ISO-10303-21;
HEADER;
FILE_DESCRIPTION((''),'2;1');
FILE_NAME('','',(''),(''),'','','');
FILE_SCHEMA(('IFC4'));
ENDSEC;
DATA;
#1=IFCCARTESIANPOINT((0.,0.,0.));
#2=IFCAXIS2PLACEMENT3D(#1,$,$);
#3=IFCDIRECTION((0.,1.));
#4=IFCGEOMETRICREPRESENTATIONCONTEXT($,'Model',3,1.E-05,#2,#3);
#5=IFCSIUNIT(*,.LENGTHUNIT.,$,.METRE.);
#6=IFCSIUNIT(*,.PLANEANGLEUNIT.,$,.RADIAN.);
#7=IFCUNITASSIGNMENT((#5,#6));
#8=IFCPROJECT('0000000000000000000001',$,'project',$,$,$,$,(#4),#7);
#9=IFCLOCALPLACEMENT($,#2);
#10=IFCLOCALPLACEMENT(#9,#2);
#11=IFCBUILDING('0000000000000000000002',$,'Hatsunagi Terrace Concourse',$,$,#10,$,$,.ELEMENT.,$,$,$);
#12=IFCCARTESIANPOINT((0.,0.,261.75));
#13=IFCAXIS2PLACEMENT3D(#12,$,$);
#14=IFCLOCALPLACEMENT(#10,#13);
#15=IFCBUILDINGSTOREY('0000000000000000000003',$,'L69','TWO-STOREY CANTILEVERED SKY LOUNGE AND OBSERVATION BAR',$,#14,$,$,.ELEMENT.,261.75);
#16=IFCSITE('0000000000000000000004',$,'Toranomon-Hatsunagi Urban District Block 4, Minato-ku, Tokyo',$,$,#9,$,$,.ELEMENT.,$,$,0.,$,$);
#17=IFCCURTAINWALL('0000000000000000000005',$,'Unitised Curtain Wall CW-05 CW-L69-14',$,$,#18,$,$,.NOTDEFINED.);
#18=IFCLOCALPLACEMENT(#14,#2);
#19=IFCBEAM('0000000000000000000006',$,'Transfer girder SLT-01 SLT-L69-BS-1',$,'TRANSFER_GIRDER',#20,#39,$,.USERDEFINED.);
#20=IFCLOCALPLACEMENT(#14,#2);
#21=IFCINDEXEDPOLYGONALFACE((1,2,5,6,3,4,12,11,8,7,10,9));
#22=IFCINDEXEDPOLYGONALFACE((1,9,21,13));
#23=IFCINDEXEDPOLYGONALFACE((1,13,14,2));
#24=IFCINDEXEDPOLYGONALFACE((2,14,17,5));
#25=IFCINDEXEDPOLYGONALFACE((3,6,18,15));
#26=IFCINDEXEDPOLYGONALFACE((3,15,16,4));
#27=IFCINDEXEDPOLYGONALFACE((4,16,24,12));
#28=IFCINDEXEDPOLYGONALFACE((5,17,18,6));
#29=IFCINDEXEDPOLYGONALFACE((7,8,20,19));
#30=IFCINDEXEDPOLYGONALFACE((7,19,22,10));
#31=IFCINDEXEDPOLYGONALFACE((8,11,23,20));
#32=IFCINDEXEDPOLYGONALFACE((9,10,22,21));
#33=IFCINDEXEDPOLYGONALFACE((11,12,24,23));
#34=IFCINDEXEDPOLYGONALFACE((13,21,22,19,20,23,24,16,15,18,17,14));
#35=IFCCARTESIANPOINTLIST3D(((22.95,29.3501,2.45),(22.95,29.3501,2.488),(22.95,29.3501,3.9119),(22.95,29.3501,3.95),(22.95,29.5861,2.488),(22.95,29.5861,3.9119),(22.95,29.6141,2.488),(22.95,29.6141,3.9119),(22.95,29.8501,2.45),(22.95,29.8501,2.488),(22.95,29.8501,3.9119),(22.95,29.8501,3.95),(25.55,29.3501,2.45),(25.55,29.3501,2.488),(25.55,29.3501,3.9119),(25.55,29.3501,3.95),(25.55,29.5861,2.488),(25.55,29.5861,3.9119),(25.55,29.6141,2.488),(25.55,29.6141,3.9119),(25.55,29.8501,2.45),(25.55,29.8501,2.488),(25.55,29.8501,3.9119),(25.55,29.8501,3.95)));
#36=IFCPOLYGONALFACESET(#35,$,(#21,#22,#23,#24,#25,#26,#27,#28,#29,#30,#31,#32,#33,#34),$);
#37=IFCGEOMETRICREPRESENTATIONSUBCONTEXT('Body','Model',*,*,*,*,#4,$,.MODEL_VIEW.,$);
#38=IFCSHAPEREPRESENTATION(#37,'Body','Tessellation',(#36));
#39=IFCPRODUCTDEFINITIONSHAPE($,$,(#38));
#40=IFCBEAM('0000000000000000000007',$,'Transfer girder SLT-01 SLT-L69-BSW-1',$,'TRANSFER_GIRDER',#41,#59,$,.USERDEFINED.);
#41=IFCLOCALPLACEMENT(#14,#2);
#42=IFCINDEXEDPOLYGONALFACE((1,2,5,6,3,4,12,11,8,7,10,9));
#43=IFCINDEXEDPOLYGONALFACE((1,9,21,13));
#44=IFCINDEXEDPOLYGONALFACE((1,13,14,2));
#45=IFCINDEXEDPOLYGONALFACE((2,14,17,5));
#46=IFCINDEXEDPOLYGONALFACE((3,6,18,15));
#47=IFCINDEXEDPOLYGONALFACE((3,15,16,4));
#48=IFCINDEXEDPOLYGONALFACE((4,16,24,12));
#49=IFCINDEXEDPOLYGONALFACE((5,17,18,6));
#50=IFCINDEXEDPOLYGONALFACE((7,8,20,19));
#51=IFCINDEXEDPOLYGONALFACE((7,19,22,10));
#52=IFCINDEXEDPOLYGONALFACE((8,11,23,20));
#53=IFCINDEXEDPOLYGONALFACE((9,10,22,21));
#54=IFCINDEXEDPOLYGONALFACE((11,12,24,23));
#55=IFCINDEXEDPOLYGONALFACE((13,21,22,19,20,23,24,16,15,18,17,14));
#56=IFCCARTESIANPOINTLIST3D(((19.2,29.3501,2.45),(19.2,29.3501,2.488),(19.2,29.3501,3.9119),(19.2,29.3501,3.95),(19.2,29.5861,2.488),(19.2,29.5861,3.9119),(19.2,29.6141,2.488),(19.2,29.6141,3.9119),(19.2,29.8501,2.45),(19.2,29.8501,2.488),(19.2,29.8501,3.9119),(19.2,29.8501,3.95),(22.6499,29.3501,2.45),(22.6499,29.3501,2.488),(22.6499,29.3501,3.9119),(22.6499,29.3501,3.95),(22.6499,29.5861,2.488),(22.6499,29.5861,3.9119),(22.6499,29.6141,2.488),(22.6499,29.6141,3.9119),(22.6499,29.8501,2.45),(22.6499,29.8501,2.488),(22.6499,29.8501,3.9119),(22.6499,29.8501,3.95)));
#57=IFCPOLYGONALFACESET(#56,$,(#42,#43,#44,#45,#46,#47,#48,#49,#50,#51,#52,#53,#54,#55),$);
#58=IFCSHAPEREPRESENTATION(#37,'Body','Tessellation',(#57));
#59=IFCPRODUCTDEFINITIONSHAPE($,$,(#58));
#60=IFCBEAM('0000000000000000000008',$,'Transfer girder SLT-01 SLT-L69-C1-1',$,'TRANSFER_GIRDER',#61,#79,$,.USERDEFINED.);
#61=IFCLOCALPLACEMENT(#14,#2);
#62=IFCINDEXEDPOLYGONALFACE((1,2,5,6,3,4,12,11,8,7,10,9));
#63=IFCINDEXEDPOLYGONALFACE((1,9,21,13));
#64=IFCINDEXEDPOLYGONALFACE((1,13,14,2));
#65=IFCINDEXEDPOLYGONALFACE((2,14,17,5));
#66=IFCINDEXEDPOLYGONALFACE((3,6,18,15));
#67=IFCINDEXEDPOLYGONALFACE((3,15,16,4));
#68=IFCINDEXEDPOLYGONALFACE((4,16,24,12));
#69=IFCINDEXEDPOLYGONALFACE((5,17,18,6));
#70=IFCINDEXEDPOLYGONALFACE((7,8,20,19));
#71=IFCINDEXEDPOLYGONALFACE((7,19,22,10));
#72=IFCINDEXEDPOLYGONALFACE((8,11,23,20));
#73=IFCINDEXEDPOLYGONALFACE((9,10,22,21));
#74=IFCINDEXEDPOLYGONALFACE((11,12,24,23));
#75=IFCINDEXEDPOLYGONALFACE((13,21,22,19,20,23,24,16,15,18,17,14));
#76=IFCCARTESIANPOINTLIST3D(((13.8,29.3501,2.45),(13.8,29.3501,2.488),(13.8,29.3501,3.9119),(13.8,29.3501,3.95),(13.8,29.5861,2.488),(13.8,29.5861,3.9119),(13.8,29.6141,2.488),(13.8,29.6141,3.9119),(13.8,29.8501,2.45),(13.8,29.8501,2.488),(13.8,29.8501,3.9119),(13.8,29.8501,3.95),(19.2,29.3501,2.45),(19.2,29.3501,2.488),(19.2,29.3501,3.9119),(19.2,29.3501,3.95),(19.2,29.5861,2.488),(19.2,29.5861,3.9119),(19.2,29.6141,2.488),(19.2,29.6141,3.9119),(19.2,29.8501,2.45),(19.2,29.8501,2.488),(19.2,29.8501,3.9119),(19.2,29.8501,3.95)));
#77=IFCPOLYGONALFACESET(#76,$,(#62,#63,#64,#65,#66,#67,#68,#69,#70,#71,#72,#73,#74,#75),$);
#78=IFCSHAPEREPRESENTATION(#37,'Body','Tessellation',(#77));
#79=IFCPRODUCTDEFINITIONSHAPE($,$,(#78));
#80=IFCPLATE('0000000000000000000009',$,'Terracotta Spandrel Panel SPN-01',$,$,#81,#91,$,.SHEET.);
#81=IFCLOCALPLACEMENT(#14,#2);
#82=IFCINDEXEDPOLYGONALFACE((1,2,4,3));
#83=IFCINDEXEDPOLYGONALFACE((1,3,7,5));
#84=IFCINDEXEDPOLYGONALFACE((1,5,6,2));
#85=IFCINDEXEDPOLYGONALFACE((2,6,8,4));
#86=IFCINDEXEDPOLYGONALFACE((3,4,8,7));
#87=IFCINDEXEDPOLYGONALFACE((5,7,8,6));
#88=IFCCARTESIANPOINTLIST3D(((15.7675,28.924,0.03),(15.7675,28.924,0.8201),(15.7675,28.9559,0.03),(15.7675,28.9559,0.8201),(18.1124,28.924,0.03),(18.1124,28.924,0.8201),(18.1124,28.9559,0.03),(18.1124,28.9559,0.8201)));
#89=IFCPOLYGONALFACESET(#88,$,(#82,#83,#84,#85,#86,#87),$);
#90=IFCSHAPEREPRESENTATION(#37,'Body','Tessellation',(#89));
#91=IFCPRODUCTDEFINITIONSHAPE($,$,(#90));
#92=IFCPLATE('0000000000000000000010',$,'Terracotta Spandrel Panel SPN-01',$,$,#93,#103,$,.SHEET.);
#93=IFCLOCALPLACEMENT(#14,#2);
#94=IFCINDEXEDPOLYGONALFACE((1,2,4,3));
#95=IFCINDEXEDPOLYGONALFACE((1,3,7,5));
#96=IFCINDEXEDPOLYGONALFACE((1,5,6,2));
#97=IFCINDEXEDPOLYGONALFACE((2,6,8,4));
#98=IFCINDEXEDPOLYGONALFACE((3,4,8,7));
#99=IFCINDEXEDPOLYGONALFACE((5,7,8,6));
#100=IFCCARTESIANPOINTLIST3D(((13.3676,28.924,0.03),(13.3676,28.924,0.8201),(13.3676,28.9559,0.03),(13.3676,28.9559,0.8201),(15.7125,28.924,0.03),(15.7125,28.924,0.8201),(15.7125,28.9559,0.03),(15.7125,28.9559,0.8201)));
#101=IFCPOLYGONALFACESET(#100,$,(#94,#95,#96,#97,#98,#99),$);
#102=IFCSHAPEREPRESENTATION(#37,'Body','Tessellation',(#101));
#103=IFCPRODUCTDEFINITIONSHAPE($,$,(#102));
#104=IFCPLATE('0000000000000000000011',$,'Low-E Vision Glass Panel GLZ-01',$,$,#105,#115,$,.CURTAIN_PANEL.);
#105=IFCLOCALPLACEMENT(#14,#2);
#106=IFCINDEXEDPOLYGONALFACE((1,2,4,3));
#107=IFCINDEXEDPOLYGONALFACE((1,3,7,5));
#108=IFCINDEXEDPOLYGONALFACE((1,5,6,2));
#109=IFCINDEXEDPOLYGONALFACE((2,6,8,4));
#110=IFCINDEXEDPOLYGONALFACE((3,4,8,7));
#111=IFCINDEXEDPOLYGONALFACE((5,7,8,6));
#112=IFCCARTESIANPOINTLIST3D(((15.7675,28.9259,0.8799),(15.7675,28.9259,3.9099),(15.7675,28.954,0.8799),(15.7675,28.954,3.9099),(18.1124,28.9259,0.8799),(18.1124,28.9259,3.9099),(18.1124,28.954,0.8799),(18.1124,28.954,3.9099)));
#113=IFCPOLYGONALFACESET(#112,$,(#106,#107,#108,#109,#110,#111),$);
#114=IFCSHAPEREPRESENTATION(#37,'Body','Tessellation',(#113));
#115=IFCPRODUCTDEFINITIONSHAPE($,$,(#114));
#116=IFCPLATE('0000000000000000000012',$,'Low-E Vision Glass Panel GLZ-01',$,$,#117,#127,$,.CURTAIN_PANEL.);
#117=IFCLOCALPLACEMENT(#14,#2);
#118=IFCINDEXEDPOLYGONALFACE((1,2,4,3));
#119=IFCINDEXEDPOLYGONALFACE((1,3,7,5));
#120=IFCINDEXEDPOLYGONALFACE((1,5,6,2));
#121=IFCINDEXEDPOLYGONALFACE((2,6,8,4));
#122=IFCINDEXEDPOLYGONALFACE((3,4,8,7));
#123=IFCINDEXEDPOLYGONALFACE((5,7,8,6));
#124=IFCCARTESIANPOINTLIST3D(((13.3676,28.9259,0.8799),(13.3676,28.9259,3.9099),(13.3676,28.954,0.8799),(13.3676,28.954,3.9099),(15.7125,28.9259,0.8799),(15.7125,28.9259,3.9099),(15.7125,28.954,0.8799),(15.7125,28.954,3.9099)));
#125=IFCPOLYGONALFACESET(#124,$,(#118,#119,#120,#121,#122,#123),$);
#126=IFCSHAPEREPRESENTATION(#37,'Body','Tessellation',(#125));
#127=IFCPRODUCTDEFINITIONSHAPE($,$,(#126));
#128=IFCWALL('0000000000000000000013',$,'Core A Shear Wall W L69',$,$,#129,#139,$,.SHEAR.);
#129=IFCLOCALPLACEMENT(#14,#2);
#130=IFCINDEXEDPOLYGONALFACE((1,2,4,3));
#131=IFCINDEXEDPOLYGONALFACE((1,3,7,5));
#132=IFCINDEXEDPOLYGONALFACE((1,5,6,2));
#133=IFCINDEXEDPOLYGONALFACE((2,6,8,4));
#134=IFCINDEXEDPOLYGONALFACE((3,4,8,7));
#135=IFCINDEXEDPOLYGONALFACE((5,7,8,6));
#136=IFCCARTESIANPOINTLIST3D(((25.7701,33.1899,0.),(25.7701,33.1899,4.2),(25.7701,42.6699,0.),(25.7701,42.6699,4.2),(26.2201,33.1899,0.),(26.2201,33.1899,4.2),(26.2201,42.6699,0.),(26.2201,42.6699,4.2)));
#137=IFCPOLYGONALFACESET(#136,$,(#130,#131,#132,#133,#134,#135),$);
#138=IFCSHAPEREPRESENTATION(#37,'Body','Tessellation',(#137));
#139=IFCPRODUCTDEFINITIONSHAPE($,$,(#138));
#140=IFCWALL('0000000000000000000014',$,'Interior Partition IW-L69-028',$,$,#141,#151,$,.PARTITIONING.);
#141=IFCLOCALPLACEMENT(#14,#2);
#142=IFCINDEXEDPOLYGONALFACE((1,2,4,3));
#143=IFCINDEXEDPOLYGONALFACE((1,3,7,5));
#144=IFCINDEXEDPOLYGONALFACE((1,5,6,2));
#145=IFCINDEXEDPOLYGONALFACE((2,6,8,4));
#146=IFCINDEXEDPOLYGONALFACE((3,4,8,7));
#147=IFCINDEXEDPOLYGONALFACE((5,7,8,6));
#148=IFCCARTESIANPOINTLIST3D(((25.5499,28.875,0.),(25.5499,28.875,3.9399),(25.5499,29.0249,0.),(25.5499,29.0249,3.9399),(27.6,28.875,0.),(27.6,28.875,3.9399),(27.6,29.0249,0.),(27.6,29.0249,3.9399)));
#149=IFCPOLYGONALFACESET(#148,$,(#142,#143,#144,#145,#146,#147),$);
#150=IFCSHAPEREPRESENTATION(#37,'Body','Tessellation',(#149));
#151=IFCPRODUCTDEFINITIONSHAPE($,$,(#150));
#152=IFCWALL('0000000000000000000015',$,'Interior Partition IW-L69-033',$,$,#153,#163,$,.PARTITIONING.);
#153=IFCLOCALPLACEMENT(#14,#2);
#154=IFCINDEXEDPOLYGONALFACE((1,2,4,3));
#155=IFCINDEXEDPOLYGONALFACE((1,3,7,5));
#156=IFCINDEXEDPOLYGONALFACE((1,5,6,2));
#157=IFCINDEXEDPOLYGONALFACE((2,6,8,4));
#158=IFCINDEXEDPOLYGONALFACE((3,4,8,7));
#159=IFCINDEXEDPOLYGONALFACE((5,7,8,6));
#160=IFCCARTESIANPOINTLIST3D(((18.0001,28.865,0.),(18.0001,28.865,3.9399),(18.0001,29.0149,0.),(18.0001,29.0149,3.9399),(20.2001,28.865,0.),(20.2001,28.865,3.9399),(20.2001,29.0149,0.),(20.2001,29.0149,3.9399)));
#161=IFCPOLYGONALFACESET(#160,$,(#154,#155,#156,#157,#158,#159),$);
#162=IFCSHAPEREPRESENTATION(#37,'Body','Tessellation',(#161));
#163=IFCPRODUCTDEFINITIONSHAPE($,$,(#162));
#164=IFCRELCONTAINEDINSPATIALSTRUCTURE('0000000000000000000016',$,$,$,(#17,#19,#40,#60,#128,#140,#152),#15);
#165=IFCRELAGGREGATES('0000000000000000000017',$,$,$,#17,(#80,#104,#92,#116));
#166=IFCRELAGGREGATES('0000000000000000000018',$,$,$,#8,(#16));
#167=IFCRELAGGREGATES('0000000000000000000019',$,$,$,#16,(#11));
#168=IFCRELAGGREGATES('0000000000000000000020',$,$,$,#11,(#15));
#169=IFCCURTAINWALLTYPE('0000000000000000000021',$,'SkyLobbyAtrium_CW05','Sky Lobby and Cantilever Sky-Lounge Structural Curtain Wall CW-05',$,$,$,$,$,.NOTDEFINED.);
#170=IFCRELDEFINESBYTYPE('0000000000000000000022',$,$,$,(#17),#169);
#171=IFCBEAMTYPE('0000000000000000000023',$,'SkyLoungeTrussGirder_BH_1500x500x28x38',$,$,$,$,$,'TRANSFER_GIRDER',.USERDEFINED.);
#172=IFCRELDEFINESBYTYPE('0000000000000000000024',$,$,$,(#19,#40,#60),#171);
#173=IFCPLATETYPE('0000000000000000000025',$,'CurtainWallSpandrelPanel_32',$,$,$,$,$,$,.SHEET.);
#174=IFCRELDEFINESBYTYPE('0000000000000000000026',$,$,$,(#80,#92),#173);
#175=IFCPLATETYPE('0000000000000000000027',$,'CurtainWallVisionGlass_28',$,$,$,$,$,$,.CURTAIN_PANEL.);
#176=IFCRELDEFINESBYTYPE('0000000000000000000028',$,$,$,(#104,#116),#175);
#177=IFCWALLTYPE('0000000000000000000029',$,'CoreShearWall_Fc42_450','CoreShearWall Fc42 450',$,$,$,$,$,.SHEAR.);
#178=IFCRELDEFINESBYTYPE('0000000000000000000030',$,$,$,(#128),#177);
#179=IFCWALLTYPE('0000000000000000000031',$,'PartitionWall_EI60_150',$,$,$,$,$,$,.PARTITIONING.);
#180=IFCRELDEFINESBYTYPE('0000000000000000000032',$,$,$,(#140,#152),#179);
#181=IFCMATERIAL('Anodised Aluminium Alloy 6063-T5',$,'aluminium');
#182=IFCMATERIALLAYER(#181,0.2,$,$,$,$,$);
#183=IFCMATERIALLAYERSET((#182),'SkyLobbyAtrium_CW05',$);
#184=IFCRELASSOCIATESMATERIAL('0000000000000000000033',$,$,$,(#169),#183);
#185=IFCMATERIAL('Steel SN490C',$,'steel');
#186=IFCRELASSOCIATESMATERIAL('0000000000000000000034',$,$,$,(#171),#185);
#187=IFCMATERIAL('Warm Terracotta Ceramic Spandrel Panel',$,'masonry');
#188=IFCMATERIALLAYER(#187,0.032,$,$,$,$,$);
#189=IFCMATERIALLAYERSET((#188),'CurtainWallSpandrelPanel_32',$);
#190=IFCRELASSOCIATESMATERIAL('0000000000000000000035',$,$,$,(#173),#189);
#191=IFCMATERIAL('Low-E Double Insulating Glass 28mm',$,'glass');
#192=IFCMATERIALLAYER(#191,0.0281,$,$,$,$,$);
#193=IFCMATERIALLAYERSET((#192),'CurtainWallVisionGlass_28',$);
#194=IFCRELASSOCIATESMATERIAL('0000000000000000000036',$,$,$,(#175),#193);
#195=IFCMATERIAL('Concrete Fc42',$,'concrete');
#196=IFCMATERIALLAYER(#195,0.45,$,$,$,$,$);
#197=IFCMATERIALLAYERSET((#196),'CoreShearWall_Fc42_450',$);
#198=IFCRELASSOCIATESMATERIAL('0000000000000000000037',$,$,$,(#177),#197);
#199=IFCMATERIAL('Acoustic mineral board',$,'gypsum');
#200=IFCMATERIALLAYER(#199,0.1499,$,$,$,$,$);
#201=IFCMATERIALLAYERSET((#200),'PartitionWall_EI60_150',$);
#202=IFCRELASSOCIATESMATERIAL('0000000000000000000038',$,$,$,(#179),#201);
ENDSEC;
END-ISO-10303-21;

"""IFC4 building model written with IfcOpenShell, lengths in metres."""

from ifc_helpers import new_model, si_unit, direction, frame, frame_2d, origin, origin_2d, place, context, subcontext, project, spatial, rectangle, i_section, extrude, material, layer, layer_set, material_profile, profile_set, type_object, element, aggregate, save


model = new_model("IFC4")

# Units and contexts
model_context = context("Model", 3, precision=1e-05, world=origin(), true_north=direction((0.0, 1.0)))
body_context = subcontext(model_context, "Body", "Model", "MODEL_VIEW")
ifc_project = project(units=[si_unit("LENGTHUNIT", "METRE"), si_unit("PLANEANGLEUNIT", "RADIAN")], contexts=[model_context])

# Site, building, storey
site_placement = place(None, origin())
site = spatial("IfcSite", under=ifc_project, at=site_placement, Name="Toranomon-Hatsunagi Urban District Block 4, Minato-ku, Tokyo", CompositionType="ELEMENT", RefElevation=0.0)
building_placement = place(site_placement, origin())
building = spatial("IfcBuilding", under=site, at=building_placement, Name="Hatsunagi Terrace Concourse", CompositionType="ELEMENT")
storey_placement = place(building_placement, frame((0.0, 0.0, 261.75)))
storey = spatial("IfcBuildingStorey", under=building, at=storey_placement, Name="L69", Description="TWO-STOREY CANTILEVERED SKY LOUNGE AND OBSERVATION BAR", CompositionType="ELEMENT", Elevation=261.75)

# Shared definitions
ifc_material_1 = material(Name="Anodised Aluminium Alloy 6063-T5", Category="aluminium")
ifc_layer_1 = layer(ifc_material_1, 0.2)
ifc_layer_set_1 = layer_set([ifc_layer_1], Name="SkyLobbyAtrium_CW05")
curtain_wall_type = type_object("IfcCurtainWallType", Name="SkyLobbyAtrium_CW05", Description="Sky Lobby and Cantilever Sky-Lounge Structural Curtain Wall CW-05", PredefinedType="NOTDEFINED", material=ifc_layer_set_1)

# Curtain wall
curtain_wall_1_placement = place(storey_placement, origin())
curtain_wall_1 = element("IfcCurtainWall", 1, at=curtain_wall_1_placement, inside=storey, type_object=curtain_wall_type, Name="Unitised Curtain Wall CW-05 CW-L69-14", PredefinedType="NOTDEFINED")

# Beams
ifc_material_2 = material(Name="Steel SN490C", Category="steel")
ifc_material_profile_1 = material_profile(ifc_material_2, i_section(OverallWidth=0.5, OverallDepth=1.5, WebThickness=0.0281, FlangeThickness=0.0381, at=origin_2d()), Name="BH-1500x500x28x38")
ifc_profile_set_1 = profile_set([ifc_material_profile_1], Name="Steel SN490C")
beam_type_1 = type_object("IfcBeamType", Name="SkyLoungeTrussGirder_BH_1500x500x28x38", ElementType="TRANSFER_GIRDER", PredefinedType="USERDEFINED", material=ifc_profile_set_1)
beam_1_placement = place(storey_placement, frame((25.55, 29.6001, 3.2), z_axis=(-1.0, 0.0, 0.0), x_axis=(0.0, -1.0, 0.0)))
element("IfcBeam", 2, at=beam_1_placement, inside=storey, type_object=beam_type_1, Name="Transfer girder SLT-01 SLT-L69-BS-1", ObjectType="TRANSFER_GIRDER", PredefinedType="USERDEFINED", context=body_context, shape_type="SweptSolid", body=[
    extrude(i_section(OverallWidth=0.5, OverallDepth=1.5, WebThickness=0.0281, FlangeThickness=0.0381, at=origin_2d()), origin(), (0.0, 0.0, 1.0), 2.6001),
])
beam_2_placement = place(storey_placement, frame((22.6499, 29.6001, 3.2), z_axis=(-1.0, 0.0, 0.0), x_axis=(0.0, -1.0, 0.0)))
element("IfcBeam", 3, at=beam_2_placement, inside=storey, type_object=beam_type_1, Name="Transfer girder SLT-01 SLT-L69-BSW-1", ObjectType="TRANSFER_GIRDER", PredefinedType="USERDEFINED", context=body_context, shape_type="SweptSolid", body=[
    extrude(i_section(OverallWidth=0.5, OverallDepth=1.5, WebThickness=0.0281, FlangeThickness=0.0381, at=origin_2d()), origin(), (0.0, 0.0, 1.0), 3.45),
])
beam_3_placement = place(storey_placement, frame((19.2, 29.6001, 3.2), z_axis=(-1.0, 0.0, 0.0), x_axis=(0.0, -1.0, 0.0)))
element("IfcBeam", 4, at=beam_3_placement, inside=storey, type_object=beam_type_1, Name="Transfer girder SLT-01 SLT-L69-C1-1", ObjectType="TRANSFER_GIRDER", PredefinedType="USERDEFINED", context=body_context, shape_type="SweptSolid", body=[
    extrude(i_section(OverallWidth=0.5, OverallDepth=1.5, WebThickness=0.0281, FlangeThickness=0.0381, at=origin_2d()), origin(), (0.0, 0.0, 1.0), 5.3999),
])

# Plates
ifc_material_3 = material(Name="Warm Terracotta Ceramic Spandrel Panel", Category="masonry")
ifc_layer_2 = layer(ifc_material_3, 0.032)
ifc_layer_set_2 = layer_set([ifc_layer_2], Name="CurtainWallSpandrelPanel_32")
plate_type_1 = type_object("IfcPlateType", Name="CurtainWallSpandrelPanel_32", PredefinedType="SHEET", material=ifc_layer_set_2)
plate_1_placement = place(storey_placement, frame((16.9399, 28.9399, 0.03), z_axis=(0.0, 0.0, 1.0), x_axis=(-1.0, 0.0, 0.0)))
plate_1 = element("IfcPlate", 5, at=plate_1_placement, type_object=plate_type_1, Name="Terracotta Spandrel Panel SPN-01", PredefinedType="SHEET", context=body_context, shape_type="SweptSolid", body=[
    extrude(rectangle(XDim=2.345, YDim=0.032, at=origin_2d()), origin(), (0.0, 0.0, 1.0), 0.79),
])
plate_2_placement = place(storey_placement, frame((14.54, 28.9399, 0.03), z_axis=(0.0, 0.0, 1.0), x_axis=(-1.0, 0.0, 0.0)))
plate_2 = element("IfcPlate", 6, at=plate_2_placement, type_object=plate_type_1, Name="Terracotta Spandrel Panel SPN-01", PredefinedType="SHEET", context=body_context, shape_type="SweptSolid", body=[
    extrude(rectangle(XDim=2.345, YDim=0.032, at=origin_2d()), origin(), (0.0, 0.0, 1.0), 0.79),
])
ifc_material_4 = material(Name="Low-E Double Insulating Glass 28mm", Category="glass")
ifc_layer_3 = layer(ifc_material_4, 0.0281)
ifc_layer_set_3 = layer_set([ifc_layer_3], Name="CurtainWallVisionGlass_28")
plate_type_2 = type_object("IfcPlateType", Name="CurtainWallVisionGlass_28", PredefinedType="CURTAIN_PANEL", material=ifc_layer_set_3)
plate_3_placement = place(storey_placement, frame((16.9399, 28.9399, 0.8799), z_axis=(0.0, 0.0, 1.0), x_axis=(-1.0, 0.0, 0.0)))
plate_3 = element("IfcPlate", 7, at=plate_3_placement, type_object=plate_type_2, Name="Low-E Vision Glass Panel GLZ-01", PredefinedType="CURTAIN_PANEL", context=body_context, shape_type="SweptSolid", body=[
    extrude(rectangle(XDim=2.345, YDim=0.0281, at=origin_2d()), origin(), (0.0, 0.0, 1.0), 3.03),
])
plate_4_placement = place(storey_placement, frame((14.54, 28.9399, 0.8799), z_axis=(0.0, 0.0, 1.0), x_axis=(-1.0, 0.0, 0.0)))
plate_4 = element("IfcPlate", 8, at=plate_4_placement, type_object=plate_type_2, Name="Low-E Vision Glass Panel GLZ-01", PredefinedType="CURTAIN_PANEL", context=body_context, shape_type="SweptSolid", body=[
    extrude(rectangle(XDim=2.345, YDim=0.0281, at=origin_2d()), origin(), (0.0, 0.0, 1.0), 3.03),
])
aggregate(curtain_wall_1, [plate_1, plate_3, plate_2, plate_4])

# Shared definitions
ifc_material_5 = material(Name="Concrete Fc42", Category="concrete")
ifc_layer_4 = layer(ifc_material_5, 0.45)
ifc_layer_set_4 = layer_set([ifc_layer_4], Name="CoreShearWall_Fc42_450")
wall_type_1 = type_object("IfcWallType", Name="CoreShearWall_Fc42_450", Description="CoreShearWall Fc42 450", PredefinedType="SHEAR", material=ifc_layer_set_4)

# Walls
wall_1_placement = place(storey_placement, frame((25.9951, 33.1899, 0.0), z_axis=(0.0, 0.0, 1.0), x_axis=(0.0, 1.0, 0.0)))
element("IfcWall", 9, at=wall_1_placement, inside=storey, type_object=wall_type_1, Name="Core A Shear Wall W L69", PredefinedType="SHEAR", context=body_context, shape_type="SweptSolid", body=[
    extrude(rectangle(XDim=9.48, YDim=0.45, at=frame_2d((4.74, 0.0))), origin(), (0.0, 0.0, 1.0), 4.2),
])
ifc_material_6 = material(Name="Acoustic mineral board", Category="gypsum")
ifc_layer_5 = layer(ifc_material_6, 0.1499)
ifc_layer_set_5 = layer_set([ifc_layer_5], Name="PartitionWall_EI60_150")
wall_type_2 = type_object("IfcWallType", Name="PartitionWall_EI60_150", PredefinedType="PARTITIONING", material=ifc_layer_set_5)
wall_2_placement = place(storey_placement, frame((25.55, 28.95, 0.0), z_axis=(0.0, 0.0, 1.0), x_axis=(1.0, 0.0, 0.0)))
element("IfcWall", 10, at=wall_2_placement, inside=storey, type_object=wall_type_2, Name="Interior Partition IW-L69-028", PredefinedType="PARTITIONING", context=body_context, shape_type="SweptSolid", body=[
    extrude(rectangle(XDim=2.05, YDim=0.1499, at=frame_2d((1.0249, 0.0))), origin(), (0.0, 0.0, 1.0), 3.9399),
])
wall_3_placement = place(storey_placement, frame((18.0, 28.9399, 0.0), z_axis=(0.0, 0.0, 1.0), x_axis=(1.0, 0.0, 0.0)))
element("IfcWall", 11, at=wall_3_placement, inside=storey, type_object=wall_type_2, Name="Interior Partition IW-L69-033", PredefinedType="PARTITIONING", context=body_context, shape_type="SweptSolid", body=[
    extrude(rectangle(XDim=2.2, YDim=0.1499, at=frame_2d((1.1001, 0.0))), origin(), (0.0, 0.0, 1.0), 3.9399),
])

save(model, "model.ifc")
